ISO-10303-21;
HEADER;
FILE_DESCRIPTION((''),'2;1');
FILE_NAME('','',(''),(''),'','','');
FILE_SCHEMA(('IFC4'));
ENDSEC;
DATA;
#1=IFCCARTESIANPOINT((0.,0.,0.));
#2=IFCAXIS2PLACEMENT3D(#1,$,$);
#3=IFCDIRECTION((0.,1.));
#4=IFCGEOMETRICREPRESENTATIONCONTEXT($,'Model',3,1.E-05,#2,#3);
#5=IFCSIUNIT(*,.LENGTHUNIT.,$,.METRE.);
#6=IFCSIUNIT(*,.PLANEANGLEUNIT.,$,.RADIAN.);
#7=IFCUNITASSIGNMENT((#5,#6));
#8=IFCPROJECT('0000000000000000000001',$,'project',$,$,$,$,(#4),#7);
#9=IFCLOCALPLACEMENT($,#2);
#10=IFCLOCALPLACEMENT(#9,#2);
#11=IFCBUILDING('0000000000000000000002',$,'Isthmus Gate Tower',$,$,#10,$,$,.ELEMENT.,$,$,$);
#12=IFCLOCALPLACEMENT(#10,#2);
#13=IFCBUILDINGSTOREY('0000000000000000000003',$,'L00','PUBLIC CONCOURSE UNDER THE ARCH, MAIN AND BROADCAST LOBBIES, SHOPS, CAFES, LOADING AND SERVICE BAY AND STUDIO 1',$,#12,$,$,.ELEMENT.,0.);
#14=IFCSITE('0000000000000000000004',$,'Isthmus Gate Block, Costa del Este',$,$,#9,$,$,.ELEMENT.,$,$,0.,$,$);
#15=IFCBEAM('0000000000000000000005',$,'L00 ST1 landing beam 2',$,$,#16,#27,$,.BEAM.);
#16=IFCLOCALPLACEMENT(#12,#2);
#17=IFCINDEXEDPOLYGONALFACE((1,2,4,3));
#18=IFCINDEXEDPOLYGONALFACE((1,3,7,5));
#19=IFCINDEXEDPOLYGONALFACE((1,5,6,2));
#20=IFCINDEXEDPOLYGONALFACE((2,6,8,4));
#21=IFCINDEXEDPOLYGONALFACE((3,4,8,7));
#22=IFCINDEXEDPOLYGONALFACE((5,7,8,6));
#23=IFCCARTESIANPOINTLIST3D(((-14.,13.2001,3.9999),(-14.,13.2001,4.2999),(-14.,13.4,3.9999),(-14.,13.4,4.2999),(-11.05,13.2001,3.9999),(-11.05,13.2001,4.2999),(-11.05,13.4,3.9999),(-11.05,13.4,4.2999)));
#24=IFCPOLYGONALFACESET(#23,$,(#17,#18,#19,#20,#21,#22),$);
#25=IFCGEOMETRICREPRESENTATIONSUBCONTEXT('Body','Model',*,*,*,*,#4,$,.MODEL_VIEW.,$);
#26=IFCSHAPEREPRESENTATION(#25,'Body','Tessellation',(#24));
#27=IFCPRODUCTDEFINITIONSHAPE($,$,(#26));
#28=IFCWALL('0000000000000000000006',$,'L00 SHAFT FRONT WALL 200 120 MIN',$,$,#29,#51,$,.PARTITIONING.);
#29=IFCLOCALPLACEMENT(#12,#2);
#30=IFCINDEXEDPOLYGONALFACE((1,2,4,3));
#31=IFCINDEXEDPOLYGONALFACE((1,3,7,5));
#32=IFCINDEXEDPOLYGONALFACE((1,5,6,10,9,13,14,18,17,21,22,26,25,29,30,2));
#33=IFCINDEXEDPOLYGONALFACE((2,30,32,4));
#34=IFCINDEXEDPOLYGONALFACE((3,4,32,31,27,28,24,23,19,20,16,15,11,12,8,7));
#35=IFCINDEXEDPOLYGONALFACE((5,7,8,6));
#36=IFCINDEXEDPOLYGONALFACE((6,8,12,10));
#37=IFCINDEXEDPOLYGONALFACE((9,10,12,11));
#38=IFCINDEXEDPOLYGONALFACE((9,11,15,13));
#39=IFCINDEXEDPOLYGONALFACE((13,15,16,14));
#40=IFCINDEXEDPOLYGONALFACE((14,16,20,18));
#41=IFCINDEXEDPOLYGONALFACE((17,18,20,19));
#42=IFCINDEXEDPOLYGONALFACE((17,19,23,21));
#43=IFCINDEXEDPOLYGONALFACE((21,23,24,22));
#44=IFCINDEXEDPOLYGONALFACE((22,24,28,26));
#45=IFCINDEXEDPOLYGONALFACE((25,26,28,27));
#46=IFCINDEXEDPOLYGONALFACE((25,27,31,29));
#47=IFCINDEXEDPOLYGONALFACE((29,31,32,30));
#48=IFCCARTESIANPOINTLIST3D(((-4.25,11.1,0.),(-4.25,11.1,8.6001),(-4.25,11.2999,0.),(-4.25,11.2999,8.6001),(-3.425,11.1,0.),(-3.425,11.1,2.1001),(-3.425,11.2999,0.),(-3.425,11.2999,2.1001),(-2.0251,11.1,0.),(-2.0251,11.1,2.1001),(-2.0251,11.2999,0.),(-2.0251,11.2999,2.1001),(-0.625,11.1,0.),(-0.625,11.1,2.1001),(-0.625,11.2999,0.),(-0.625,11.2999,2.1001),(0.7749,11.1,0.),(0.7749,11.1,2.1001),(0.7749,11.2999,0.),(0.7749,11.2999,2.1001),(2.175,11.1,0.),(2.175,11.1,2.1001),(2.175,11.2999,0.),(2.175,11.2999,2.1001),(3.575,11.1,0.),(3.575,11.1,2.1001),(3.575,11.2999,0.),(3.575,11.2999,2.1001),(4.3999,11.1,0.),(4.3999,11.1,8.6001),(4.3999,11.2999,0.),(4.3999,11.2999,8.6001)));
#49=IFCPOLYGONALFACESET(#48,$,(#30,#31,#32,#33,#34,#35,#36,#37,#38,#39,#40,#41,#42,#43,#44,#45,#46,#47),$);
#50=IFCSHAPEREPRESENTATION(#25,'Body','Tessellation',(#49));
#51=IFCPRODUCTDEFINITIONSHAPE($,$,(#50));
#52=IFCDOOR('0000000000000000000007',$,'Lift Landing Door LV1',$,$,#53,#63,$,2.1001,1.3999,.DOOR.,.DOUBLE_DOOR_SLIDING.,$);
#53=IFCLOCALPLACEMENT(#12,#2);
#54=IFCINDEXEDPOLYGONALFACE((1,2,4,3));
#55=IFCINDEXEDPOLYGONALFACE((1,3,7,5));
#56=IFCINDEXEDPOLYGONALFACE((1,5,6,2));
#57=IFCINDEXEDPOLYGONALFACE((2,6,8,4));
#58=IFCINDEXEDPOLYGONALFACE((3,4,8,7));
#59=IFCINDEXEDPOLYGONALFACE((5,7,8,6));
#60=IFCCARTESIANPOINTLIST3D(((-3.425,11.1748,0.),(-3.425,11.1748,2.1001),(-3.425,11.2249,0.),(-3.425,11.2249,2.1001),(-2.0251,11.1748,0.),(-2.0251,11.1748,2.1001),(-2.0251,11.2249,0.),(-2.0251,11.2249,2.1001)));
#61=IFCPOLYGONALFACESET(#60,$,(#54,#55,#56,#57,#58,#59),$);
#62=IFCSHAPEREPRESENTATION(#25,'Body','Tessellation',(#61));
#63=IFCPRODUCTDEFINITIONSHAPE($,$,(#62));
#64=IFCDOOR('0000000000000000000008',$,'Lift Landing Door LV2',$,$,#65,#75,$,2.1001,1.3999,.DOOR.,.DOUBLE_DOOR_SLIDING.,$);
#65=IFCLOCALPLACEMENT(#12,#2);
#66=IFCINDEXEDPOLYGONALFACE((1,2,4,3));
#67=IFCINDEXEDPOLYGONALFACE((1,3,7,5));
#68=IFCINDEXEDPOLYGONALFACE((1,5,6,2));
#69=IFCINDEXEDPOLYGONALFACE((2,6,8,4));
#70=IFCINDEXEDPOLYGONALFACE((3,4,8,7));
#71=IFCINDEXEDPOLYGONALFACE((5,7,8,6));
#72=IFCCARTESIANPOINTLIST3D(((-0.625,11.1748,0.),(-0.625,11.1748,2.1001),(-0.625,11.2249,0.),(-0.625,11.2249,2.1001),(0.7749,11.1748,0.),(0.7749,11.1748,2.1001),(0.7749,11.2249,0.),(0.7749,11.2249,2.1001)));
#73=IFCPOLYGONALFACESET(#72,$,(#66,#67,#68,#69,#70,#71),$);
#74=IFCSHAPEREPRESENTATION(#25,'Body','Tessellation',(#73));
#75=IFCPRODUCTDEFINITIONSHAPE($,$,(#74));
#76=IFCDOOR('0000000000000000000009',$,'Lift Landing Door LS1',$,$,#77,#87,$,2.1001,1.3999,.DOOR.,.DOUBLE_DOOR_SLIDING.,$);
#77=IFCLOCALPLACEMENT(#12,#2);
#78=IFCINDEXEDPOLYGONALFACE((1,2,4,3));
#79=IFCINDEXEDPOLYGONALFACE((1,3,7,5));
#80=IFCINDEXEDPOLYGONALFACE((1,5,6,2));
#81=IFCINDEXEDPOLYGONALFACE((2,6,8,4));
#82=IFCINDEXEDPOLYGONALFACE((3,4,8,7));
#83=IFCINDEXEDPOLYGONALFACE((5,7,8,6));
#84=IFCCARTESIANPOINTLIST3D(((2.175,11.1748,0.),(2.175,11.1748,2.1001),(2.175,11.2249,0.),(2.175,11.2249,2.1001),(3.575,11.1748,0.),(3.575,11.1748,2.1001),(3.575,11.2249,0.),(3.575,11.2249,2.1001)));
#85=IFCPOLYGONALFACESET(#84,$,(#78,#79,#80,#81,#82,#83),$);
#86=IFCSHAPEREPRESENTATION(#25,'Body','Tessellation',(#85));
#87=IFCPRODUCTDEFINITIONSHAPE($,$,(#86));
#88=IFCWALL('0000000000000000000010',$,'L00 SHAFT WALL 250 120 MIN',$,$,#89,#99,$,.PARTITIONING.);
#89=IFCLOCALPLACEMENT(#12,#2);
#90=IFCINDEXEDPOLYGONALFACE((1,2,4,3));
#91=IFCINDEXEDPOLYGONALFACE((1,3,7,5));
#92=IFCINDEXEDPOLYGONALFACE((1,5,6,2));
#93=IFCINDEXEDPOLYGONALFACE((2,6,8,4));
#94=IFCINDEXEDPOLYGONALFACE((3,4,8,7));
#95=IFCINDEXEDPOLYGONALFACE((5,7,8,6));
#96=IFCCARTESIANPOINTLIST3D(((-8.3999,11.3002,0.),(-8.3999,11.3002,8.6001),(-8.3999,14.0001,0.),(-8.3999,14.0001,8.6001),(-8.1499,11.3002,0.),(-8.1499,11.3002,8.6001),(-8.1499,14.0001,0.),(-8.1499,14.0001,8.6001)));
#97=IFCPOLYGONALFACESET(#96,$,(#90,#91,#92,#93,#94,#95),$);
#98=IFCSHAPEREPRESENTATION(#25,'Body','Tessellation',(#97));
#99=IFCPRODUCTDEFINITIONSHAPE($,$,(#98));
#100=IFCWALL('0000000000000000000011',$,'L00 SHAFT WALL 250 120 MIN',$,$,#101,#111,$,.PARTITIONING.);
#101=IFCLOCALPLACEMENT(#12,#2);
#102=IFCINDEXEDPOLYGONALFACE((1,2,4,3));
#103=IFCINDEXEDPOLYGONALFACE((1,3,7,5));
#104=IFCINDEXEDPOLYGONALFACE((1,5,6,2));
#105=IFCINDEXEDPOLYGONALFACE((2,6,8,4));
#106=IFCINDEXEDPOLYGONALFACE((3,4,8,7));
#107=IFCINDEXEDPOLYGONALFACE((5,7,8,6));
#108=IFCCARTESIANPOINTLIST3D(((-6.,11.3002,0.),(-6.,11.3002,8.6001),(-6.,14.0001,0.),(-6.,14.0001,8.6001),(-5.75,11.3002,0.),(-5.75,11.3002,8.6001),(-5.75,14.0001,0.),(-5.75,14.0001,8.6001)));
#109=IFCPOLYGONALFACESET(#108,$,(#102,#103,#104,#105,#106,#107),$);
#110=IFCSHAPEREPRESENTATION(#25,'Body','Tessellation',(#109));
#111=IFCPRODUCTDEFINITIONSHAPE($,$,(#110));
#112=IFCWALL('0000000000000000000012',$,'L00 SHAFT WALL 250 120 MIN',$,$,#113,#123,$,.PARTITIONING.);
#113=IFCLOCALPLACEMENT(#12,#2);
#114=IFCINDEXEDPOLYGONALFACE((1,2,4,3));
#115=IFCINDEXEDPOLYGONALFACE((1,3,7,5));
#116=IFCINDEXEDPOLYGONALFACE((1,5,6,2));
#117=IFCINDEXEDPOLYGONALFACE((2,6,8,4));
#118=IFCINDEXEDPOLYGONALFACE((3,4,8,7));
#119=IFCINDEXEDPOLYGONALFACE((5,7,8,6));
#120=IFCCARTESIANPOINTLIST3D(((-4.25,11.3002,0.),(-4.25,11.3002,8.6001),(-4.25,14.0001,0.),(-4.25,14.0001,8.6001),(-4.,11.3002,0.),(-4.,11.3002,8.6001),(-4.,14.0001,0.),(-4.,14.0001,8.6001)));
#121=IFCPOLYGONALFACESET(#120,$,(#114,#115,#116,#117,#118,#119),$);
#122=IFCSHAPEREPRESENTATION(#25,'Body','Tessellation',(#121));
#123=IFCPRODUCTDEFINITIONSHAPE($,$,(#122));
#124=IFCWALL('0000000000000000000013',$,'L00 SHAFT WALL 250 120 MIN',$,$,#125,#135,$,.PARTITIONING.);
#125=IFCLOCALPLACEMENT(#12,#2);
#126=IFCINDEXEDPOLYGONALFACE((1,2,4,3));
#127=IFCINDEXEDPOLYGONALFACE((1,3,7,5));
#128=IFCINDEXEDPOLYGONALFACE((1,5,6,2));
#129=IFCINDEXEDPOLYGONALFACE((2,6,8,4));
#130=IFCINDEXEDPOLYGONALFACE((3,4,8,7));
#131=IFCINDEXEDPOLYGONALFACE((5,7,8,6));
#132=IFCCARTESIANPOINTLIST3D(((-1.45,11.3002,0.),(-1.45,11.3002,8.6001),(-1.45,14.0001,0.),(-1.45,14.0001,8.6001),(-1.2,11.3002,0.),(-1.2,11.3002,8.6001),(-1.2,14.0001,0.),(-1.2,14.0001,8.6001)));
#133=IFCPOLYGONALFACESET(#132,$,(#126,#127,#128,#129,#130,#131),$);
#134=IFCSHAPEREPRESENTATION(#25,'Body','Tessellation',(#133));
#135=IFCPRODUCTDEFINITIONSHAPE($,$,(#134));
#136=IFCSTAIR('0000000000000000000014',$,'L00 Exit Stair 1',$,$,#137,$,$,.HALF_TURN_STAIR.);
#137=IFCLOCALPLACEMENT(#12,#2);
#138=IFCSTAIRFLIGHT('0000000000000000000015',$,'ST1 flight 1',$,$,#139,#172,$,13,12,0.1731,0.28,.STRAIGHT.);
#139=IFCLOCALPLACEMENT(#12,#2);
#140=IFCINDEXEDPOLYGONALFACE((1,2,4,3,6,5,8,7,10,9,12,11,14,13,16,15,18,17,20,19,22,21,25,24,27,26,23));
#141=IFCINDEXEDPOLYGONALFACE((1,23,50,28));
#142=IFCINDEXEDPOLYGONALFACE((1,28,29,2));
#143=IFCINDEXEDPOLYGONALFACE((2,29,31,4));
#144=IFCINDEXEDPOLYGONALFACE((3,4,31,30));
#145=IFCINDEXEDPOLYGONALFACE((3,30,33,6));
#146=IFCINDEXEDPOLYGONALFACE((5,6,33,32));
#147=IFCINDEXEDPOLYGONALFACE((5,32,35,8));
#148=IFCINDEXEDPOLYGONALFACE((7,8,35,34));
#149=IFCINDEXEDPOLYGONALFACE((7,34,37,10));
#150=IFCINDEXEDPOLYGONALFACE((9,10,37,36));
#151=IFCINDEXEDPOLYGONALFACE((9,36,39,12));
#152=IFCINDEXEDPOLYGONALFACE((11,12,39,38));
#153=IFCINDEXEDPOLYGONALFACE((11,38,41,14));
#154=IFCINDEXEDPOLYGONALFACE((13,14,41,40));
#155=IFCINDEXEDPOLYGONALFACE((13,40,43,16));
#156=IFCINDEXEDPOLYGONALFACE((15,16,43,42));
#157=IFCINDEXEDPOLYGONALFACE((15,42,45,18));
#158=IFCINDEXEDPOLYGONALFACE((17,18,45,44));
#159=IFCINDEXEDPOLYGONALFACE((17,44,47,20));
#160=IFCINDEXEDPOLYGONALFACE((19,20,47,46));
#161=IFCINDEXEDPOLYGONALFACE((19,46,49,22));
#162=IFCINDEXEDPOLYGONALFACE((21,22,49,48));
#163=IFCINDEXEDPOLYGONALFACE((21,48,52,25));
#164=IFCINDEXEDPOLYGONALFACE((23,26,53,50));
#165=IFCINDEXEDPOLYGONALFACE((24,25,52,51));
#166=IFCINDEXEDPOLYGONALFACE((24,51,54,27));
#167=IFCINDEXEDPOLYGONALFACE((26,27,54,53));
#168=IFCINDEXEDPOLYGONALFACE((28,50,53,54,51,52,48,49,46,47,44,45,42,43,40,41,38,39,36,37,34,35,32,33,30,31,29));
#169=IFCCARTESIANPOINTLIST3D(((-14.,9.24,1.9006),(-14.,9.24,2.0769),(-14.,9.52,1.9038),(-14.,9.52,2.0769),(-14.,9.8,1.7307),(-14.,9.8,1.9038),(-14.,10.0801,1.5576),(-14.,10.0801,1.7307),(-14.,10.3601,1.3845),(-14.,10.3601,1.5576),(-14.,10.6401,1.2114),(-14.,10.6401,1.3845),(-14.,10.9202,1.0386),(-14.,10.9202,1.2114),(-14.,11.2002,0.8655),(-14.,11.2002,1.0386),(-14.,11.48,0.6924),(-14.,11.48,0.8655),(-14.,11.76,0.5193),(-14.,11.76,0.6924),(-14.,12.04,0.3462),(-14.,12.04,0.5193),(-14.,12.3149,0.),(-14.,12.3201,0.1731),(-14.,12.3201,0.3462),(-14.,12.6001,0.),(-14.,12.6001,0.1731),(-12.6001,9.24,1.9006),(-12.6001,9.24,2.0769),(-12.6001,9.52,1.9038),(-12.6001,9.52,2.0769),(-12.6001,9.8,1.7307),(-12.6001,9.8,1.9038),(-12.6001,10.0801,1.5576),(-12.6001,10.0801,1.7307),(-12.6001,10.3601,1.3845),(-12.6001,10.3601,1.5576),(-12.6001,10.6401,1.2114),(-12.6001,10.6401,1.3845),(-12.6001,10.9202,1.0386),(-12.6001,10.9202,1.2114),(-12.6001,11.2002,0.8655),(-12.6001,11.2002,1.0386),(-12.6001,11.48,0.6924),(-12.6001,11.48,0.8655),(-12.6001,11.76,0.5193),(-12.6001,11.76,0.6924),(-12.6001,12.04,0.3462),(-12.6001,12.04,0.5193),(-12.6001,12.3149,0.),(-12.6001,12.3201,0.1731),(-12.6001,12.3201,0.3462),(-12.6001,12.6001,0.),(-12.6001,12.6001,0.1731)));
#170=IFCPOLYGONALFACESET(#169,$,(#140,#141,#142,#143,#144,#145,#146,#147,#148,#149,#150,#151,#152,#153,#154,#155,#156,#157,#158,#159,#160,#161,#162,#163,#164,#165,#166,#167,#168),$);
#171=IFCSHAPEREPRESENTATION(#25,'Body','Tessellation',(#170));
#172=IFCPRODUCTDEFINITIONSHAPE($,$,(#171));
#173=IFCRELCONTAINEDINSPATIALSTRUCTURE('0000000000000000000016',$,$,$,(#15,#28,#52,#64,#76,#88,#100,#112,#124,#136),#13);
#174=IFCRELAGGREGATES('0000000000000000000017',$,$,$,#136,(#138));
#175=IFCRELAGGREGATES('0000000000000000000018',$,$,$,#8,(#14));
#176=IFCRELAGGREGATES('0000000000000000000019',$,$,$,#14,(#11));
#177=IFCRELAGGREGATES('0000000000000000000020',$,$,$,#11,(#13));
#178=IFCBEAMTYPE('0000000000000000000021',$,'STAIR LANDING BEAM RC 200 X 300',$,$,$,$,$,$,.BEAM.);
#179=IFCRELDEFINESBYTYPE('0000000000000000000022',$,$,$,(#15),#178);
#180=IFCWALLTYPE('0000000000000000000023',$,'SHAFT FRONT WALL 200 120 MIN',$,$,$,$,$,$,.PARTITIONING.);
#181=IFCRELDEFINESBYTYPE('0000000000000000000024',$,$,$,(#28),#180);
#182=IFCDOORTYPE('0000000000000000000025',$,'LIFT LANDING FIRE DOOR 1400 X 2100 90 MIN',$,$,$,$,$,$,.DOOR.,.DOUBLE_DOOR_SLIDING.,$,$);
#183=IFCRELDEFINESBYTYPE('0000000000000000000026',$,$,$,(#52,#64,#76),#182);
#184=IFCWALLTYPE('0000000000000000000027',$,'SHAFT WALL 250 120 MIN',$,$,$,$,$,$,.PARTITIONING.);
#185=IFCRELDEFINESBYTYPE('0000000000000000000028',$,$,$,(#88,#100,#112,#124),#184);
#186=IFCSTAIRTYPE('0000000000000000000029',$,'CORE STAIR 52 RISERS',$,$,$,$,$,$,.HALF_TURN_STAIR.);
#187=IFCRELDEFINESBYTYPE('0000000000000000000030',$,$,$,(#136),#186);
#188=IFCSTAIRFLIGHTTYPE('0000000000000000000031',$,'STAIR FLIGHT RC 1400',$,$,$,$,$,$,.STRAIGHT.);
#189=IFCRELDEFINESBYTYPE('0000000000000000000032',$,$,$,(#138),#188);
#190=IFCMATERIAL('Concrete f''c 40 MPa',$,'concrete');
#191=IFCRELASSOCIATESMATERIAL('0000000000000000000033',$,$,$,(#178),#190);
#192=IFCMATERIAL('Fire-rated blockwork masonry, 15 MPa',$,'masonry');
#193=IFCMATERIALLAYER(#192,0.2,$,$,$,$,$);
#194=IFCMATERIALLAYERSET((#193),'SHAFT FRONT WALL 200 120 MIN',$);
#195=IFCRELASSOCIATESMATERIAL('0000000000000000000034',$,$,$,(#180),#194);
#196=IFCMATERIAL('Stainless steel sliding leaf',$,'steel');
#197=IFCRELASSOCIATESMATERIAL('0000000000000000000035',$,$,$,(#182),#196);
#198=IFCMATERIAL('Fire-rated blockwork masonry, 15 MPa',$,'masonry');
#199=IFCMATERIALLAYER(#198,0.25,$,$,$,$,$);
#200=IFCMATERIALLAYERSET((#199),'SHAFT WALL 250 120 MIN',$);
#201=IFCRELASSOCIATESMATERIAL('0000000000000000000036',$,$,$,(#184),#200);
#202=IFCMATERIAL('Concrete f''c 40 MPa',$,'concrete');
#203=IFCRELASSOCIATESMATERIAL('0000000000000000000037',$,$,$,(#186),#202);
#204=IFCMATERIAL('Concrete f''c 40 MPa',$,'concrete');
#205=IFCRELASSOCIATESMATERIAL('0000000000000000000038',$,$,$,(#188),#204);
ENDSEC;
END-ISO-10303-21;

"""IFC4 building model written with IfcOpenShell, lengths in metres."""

from ifc_helpers import new_model, si_unit, direction, frame, frame_2d, origin, origin_2d, place, context, subcontext, project, spatial, polyline, rectangle, outline, extrude, material, layer, layer_set, material_profile, profile_set, type_object, element, fill, aggregate, save


model = new_model("IFC4")

# Units and contexts
model_context = context("Model", 3, precision=1e-05, world=origin(), true_north=direction((0.0, 1.0)))
body_context = subcontext(model_context, "Body", "Model", "MODEL_VIEW")
ifc_project = project(units=[si_unit("LENGTHUNIT", "METRE"), si_unit("PLANEANGLEUNIT", "RADIAN")], contexts=[model_context])

# Site, building, storey
site_placement = place(None, origin())
site = spatial("IfcSite", under=ifc_project, at=site_placement, Name="Isthmus Gate Block, Costa del Este", CompositionType="ELEMENT", RefElevation=0.0)
building_placement = place(site_placement, origin())
building = spatial("IfcBuilding", under=site, at=building_placement, Name="Isthmus Gate Tower", CompositionType="ELEMENT")
storey_placement = place(building_placement, origin())
storey = spatial("IfcBuildingStorey", under=building, at=storey_placement, Name="L00", Description="PUBLIC CONCOURSE UNDER THE ARCH, MAIN AND BROADCAST LOBBIES, SHOPS, CAFES, LOADING AND SERVICE BAY AND STUDIO 1", CompositionType="ELEMENT", Elevation=0.0)

# Beam
ifc_material_1 = material(Name="Concrete f'c 40 MPa", Category="concrete")
ifc_material_profile = material_profile(ifc_material_1, rectangle(XDim=0.2, YDim=0.3, at=origin_2d()), Name="STAIR LANDING BEAM RC 200 X 300")
ifc_profile_set = profile_set([ifc_material_profile], Name="Concrete f'c 40 MPa")
beam_type = type_object("IfcBeamType", Name="STAIR LANDING BEAM RC 200 X 300", PredefinedType="BEAM", material=ifc_profile_set)
beam_placement = place(storey_placement, frame((-14.0, 13.3, 4.1499), z_axis=(1.0, 0.0, 0.0), x_axis=(0.0, 1.0, 0.0)))
element("IfcBeam", 1, at=beam_placement, inside=storey, type_object=beam_type, Name="L00 ST1 landing beam 2", PredefinedType="BEAM", context=body_context, shape_type="SweptSolid", body=[
    extrude(rectangle(XDim=0.2, YDim=0.3, at=origin_2d()), origin(), (0.0, 0.0, 1.0), 2.95),
])

# Wall, openings, doors
ifc_material_2 = material(Name="Fire-rated blockwork masonry, 15 MPa", Category="masonry")
ifc_layer_1 = layer(ifc_material_2, 0.2)
ifc_layer_set_1 = layer_set([ifc_layer_1], Name="SHAFT FRONT WALL 200 120 MIN")
wall_type_1 = type_object("IfcWallType", Name="SHAFT FRONT WALL 200 120 MIN", PredefinedType="PARTITIONING", material=ifc_layer_set_1)
wall_placement = place(storey_placement, frame((-4.25, 11.2, 0.0), z_axis=(0.0, 0.0, 1.0), x_axis=(1.0, 0.0, 0.0)))
wall = element("IfcWall", 2, at=wall_placement, inside=storey, type_object=wall_type_1, Name="L00 SHAFT FRONT WALL 200 120 MIN", PredefinedType="PARTITIONING", context=body_context, shape_type="SweptSolid", body=[
    extrude(rectangle(XDim=8.6499, YDim=0.2, at=frame_2d((4.325, 0.0))), origin(), (0.0, 0.0, 1.0), 8.6001),
])
opening_1_placement = place(wall_placement, frame((0.825, 0.0, 0.0)))
opening_1 = element("IfcOpeningElement", 3, at=opening_1_placement, cuts=wall, PredefinedType="OPENING", context=body_context, shape_type="SweptSolid", body=[
    extrude(rectangle(XDim=1.3999, YDim=2.1001, at=frame_2d((0.7, 1.05))), frame((0.0, 0.1099, 0.0), z_axis=(0.0, -1.0, 0.0), x_axis=(1.0, 0.0, 0.0)), (0.0, 0.0, 1.0), 0.22),
])
opening_2_placement = place(wall_placement, frame((3.625, 0.0, 0.0)))
opening_2 = element("IfcOpeningElement", 4, at=opening_2_placement, cuts=wall, PredefinedType="OPENING", context=body_context, shape_type="SweptSolid", body=[
    extrude(rectangle(XDim=1.3999, YDim=2.1001, at=frame_2d((0.7, 1.05))), frame((0.0, 0.1099, 0.0), z_axis=(0.0, -1.0, 0.0), x_axis=(1.0, 0.0, 0.0)), (0.0, 0.0, 1.0), 0.22),
])
opening_3_placement = place(wall_placement, frame((6.425, 0.0, 0.0)))
opening_3 = element("IfcOpeningElement", 5, at=opening_3_placement, cuts=wall, PredefinedType="OPENING", context=body_context, shape_type="SweptSolid", body=[
    extrude(rectangle(XDim=1.3999, YDim=2.1001, at=frame_2d((0.7, 1.05))), frame((0.0, 0.1099, 0.0), z_axis=(0.0, -1.0, 0.0), x_axis=(1.0, 0.0, 0.0)), (0.0, 0.0, 1.0), 0.22),
])
ifc_material_3 = material(Name="Stainless steel sliding leaf", Category="steel")
door_type = type_object("IfcDoorType", Name="LIFT LANDING FIRE DOOR 1400 X 2100 90 MIN", OperationType="DOUBLE_DOOR_SLIDING", PredefinedType="DOOR", material=ifc_material_3)
door_1_placement = place(opening_1_placement, origin())
door_1 = element("IfcDoor", 6, at=door_1_placement, inside=storey, type_object=door_type, Name="Lift Landing Door LV1", OperationType="DOUBLE_DOOR_SLIDING", OverallHeight=2.1001, OverallWidth=1.3999, PredefinedType="DOOR", context=body_context, shape_type="SweptSolid", body=[
    extrude(rectangle(XDim=1.3999, YDim=2.1001, at=frame_2d((0.7, 1.05))), frame((0.0, 0.0249, 0.0), z_axis=(0.0, -1.0, 0.0), x_axis=(1.0, 0.0, 0.0)), (0.0, 0.0, 1.0), 0.05),
])
fill(opening_1, door_1)
door_2_placement = place(opening_2_placement, origin())
door_2 = element("IfcDoor", 7, at=door_2_placement, inside=storey, type_object=door_type, Name="Lift Landing Door LV2", OperationType="DOUBLE_DOOR_SLIDING", OverallHeight=2.1001, OverallWidth=1.3999, PredefinedType="DOOR", context=body_context, shape_type="SweptSolid", body=[
    extrude(rectangle(XDim=1.3999, YDim=2.1001, at=frame_2d((0.7, 1.05))), frame((0.0, 0.0249, 0.0), z_axis=(0.0, -1.0, 0.0), x_axis=(1.0, 0.0, 0.0)), (0.0, 0.0, 1.0), 0.05),
])
fill(opening_2, door_2)
door_3_placement = place(opening_3_placement, origin())
door_3 = element("IfcDoor", 8, at=door_3_placement, inside=storey, type_object=door_type, Name="Lift Landing Door LS1", OperationType="DOUBLE_DOOR_SLIDING", OverallHeight=2.1001, OverallWidth=1.3999, PredefinedType="DOOR", context=body_context, shape_type="SweptSolid", body=[
    extrude(rectangle(XDim=1.3999, YDim=2.1001, at=frame_2d((0.7, 1.05))), frame((0.0, 0.0249, 0.0), z_axis=(0.0, -1.0, 0.0), x_axis=(1.0, 0.0, 0.0)), (0.0, 0.0, 1.0), 0.05),
])
fill(opening_3, door_3)

# Walls
ifc_material_4 = material(Name="Fire-rated blockwork masonry, 15 MPa", Category="masonry")
ifc_layer_2 = layer(ifc_material_4, 0.25)
ifc_layer_set_2 = layer_set([ifc_layer_2], Name="SHAFT WALL 250 120 MIN")
wall_type_2 = type_object("IfcWallType", Name="SHAFT WALL 250 120 MIN", PredefinedType="PARTITIONING", material=ifc_layer_set_2)
for number, where, z_axis, x_axis, name in (
    (9, (-8.2749, 11.3, 0.0), (0.0, 0.0, 1.0), (0.0, 1.0, 0.0), "L00 SHAFT WALL 250 120 MIN"),
    (10, (-5.875, 11.3, 0.0), (0.0, 0.0, 1.0), (0.0, 1.0, 0.0), "L00 SHAFT WALL 250 120 MIN"),
    (11, (-4.125, 11.3, 0.0), (0.0, 0.0, 1.0), (0.0, 1.0, 0.0), "L00 SHAFT WALL 250 120 MIN"),
    (12, (-1.325, 11.3, 0.0), (0.0, 0.0, 1.0), (0.0, 1.0, 0.0), "L00 SHAFT WALL 250 120 MIN"),
):
    element("IfcWall", number, at=place(storey_placement, frame(where, z_axis=z_axis, x_axis=x_axis)), inside=storey, type_object=wall_type_2, Name=name, PredefinedType="PARTITIONING", context=body_context, shape_type="SweptSolid", body=[
        extrude(rectangle(XDim=2.7, YDim=0.25, at=frame_2d((1.3501, 0.0))), origin(), (0.0, 0.0, 1.0), 8.6001),
    ])

# Stair, stair flight
ifc_material_5 = material(Name="Concrete f'c 40 MPa", Category="concrete")
stair_type = type_object("IfcStairType", Name="CORE STAIR 52 RISERS", PredefinedType="HALF_TURN_STAIR", material=ifc_material_5)
stair_placement = place(storey_placement, origin())
stair = element("IfcStair", 13, at=stair_placement, inside=storey, type_object=stair_type, Name="L00 Exit Stair 1", PredefinedType="HALF_TURN_STAIR")
ifc_material_6 = material(Name="Concrete f'c 40 MPa", Category="concrete")
stair_flight_type = type_object("IfcStairFlightType", Name="STAIR FLIGHT RC 1400", PredefinedType="STRAIGHT", material=ifc_material_6)
stair_flight_1_placement = place(storey_placement, frame((-13.3, 12.6001, 0.0), z_axis=(0.0, 0.0, 1.0), x_axis=(0.0, -1.0, 0.0)))
stair_flight_1 = element("IfcStairFlight", 14, at=stair_flight_1_placement, type_object=stair_flight_type, Name="ST1 flight 1", NumberOfRisers=13, NumberOfTreads=12, PredefinedType="STRAIGHT", RiserHeight=0.1731, TreadLength=0.28, context=body_context, shape_type="SweptSolid", body=[
    extrude(outline(polyline([(0.0, 0.0), (0.0, 0.1731), (0.28, 0.1731), (0.28, 0.3462), (0.5601, 0.3462), (0.5601, 0.5193), (0.8401, 0.5193), (0.8401, 0.6924), (1.1201, 0.6924), (1.1201, 0.8655), (1.3999, 0.8655), (1.3999, 1.0386), (1.6799, 1.0386), (1.6799, 1.2114), (1.96, 1.2114), (1.96, 1.3845), (2.24, 1.3845), (2.24, 1.5576), (2.52, 1.5576), (2.52, 1.7307), (2.8, 1.7307), (2.8, 1.9038), (3.0801, 1.9038), (3.0801, 2.0769), (3.3601, 2.0769), (3.3601, 2.25), (3.3601, 1.9006), (0.2852, 0.0), (0.0, 0.0)])), frame((0.0, 0.7, 0.0), z_axis=(0.0, -1.0, 0.0), x_axis=(1.0, 0.0, 0.0)), (0.0, 0.0, 1.0), 1.3999),
])
aggregate(stair, [stair_flight_1])

save(model, "model.ifc")
